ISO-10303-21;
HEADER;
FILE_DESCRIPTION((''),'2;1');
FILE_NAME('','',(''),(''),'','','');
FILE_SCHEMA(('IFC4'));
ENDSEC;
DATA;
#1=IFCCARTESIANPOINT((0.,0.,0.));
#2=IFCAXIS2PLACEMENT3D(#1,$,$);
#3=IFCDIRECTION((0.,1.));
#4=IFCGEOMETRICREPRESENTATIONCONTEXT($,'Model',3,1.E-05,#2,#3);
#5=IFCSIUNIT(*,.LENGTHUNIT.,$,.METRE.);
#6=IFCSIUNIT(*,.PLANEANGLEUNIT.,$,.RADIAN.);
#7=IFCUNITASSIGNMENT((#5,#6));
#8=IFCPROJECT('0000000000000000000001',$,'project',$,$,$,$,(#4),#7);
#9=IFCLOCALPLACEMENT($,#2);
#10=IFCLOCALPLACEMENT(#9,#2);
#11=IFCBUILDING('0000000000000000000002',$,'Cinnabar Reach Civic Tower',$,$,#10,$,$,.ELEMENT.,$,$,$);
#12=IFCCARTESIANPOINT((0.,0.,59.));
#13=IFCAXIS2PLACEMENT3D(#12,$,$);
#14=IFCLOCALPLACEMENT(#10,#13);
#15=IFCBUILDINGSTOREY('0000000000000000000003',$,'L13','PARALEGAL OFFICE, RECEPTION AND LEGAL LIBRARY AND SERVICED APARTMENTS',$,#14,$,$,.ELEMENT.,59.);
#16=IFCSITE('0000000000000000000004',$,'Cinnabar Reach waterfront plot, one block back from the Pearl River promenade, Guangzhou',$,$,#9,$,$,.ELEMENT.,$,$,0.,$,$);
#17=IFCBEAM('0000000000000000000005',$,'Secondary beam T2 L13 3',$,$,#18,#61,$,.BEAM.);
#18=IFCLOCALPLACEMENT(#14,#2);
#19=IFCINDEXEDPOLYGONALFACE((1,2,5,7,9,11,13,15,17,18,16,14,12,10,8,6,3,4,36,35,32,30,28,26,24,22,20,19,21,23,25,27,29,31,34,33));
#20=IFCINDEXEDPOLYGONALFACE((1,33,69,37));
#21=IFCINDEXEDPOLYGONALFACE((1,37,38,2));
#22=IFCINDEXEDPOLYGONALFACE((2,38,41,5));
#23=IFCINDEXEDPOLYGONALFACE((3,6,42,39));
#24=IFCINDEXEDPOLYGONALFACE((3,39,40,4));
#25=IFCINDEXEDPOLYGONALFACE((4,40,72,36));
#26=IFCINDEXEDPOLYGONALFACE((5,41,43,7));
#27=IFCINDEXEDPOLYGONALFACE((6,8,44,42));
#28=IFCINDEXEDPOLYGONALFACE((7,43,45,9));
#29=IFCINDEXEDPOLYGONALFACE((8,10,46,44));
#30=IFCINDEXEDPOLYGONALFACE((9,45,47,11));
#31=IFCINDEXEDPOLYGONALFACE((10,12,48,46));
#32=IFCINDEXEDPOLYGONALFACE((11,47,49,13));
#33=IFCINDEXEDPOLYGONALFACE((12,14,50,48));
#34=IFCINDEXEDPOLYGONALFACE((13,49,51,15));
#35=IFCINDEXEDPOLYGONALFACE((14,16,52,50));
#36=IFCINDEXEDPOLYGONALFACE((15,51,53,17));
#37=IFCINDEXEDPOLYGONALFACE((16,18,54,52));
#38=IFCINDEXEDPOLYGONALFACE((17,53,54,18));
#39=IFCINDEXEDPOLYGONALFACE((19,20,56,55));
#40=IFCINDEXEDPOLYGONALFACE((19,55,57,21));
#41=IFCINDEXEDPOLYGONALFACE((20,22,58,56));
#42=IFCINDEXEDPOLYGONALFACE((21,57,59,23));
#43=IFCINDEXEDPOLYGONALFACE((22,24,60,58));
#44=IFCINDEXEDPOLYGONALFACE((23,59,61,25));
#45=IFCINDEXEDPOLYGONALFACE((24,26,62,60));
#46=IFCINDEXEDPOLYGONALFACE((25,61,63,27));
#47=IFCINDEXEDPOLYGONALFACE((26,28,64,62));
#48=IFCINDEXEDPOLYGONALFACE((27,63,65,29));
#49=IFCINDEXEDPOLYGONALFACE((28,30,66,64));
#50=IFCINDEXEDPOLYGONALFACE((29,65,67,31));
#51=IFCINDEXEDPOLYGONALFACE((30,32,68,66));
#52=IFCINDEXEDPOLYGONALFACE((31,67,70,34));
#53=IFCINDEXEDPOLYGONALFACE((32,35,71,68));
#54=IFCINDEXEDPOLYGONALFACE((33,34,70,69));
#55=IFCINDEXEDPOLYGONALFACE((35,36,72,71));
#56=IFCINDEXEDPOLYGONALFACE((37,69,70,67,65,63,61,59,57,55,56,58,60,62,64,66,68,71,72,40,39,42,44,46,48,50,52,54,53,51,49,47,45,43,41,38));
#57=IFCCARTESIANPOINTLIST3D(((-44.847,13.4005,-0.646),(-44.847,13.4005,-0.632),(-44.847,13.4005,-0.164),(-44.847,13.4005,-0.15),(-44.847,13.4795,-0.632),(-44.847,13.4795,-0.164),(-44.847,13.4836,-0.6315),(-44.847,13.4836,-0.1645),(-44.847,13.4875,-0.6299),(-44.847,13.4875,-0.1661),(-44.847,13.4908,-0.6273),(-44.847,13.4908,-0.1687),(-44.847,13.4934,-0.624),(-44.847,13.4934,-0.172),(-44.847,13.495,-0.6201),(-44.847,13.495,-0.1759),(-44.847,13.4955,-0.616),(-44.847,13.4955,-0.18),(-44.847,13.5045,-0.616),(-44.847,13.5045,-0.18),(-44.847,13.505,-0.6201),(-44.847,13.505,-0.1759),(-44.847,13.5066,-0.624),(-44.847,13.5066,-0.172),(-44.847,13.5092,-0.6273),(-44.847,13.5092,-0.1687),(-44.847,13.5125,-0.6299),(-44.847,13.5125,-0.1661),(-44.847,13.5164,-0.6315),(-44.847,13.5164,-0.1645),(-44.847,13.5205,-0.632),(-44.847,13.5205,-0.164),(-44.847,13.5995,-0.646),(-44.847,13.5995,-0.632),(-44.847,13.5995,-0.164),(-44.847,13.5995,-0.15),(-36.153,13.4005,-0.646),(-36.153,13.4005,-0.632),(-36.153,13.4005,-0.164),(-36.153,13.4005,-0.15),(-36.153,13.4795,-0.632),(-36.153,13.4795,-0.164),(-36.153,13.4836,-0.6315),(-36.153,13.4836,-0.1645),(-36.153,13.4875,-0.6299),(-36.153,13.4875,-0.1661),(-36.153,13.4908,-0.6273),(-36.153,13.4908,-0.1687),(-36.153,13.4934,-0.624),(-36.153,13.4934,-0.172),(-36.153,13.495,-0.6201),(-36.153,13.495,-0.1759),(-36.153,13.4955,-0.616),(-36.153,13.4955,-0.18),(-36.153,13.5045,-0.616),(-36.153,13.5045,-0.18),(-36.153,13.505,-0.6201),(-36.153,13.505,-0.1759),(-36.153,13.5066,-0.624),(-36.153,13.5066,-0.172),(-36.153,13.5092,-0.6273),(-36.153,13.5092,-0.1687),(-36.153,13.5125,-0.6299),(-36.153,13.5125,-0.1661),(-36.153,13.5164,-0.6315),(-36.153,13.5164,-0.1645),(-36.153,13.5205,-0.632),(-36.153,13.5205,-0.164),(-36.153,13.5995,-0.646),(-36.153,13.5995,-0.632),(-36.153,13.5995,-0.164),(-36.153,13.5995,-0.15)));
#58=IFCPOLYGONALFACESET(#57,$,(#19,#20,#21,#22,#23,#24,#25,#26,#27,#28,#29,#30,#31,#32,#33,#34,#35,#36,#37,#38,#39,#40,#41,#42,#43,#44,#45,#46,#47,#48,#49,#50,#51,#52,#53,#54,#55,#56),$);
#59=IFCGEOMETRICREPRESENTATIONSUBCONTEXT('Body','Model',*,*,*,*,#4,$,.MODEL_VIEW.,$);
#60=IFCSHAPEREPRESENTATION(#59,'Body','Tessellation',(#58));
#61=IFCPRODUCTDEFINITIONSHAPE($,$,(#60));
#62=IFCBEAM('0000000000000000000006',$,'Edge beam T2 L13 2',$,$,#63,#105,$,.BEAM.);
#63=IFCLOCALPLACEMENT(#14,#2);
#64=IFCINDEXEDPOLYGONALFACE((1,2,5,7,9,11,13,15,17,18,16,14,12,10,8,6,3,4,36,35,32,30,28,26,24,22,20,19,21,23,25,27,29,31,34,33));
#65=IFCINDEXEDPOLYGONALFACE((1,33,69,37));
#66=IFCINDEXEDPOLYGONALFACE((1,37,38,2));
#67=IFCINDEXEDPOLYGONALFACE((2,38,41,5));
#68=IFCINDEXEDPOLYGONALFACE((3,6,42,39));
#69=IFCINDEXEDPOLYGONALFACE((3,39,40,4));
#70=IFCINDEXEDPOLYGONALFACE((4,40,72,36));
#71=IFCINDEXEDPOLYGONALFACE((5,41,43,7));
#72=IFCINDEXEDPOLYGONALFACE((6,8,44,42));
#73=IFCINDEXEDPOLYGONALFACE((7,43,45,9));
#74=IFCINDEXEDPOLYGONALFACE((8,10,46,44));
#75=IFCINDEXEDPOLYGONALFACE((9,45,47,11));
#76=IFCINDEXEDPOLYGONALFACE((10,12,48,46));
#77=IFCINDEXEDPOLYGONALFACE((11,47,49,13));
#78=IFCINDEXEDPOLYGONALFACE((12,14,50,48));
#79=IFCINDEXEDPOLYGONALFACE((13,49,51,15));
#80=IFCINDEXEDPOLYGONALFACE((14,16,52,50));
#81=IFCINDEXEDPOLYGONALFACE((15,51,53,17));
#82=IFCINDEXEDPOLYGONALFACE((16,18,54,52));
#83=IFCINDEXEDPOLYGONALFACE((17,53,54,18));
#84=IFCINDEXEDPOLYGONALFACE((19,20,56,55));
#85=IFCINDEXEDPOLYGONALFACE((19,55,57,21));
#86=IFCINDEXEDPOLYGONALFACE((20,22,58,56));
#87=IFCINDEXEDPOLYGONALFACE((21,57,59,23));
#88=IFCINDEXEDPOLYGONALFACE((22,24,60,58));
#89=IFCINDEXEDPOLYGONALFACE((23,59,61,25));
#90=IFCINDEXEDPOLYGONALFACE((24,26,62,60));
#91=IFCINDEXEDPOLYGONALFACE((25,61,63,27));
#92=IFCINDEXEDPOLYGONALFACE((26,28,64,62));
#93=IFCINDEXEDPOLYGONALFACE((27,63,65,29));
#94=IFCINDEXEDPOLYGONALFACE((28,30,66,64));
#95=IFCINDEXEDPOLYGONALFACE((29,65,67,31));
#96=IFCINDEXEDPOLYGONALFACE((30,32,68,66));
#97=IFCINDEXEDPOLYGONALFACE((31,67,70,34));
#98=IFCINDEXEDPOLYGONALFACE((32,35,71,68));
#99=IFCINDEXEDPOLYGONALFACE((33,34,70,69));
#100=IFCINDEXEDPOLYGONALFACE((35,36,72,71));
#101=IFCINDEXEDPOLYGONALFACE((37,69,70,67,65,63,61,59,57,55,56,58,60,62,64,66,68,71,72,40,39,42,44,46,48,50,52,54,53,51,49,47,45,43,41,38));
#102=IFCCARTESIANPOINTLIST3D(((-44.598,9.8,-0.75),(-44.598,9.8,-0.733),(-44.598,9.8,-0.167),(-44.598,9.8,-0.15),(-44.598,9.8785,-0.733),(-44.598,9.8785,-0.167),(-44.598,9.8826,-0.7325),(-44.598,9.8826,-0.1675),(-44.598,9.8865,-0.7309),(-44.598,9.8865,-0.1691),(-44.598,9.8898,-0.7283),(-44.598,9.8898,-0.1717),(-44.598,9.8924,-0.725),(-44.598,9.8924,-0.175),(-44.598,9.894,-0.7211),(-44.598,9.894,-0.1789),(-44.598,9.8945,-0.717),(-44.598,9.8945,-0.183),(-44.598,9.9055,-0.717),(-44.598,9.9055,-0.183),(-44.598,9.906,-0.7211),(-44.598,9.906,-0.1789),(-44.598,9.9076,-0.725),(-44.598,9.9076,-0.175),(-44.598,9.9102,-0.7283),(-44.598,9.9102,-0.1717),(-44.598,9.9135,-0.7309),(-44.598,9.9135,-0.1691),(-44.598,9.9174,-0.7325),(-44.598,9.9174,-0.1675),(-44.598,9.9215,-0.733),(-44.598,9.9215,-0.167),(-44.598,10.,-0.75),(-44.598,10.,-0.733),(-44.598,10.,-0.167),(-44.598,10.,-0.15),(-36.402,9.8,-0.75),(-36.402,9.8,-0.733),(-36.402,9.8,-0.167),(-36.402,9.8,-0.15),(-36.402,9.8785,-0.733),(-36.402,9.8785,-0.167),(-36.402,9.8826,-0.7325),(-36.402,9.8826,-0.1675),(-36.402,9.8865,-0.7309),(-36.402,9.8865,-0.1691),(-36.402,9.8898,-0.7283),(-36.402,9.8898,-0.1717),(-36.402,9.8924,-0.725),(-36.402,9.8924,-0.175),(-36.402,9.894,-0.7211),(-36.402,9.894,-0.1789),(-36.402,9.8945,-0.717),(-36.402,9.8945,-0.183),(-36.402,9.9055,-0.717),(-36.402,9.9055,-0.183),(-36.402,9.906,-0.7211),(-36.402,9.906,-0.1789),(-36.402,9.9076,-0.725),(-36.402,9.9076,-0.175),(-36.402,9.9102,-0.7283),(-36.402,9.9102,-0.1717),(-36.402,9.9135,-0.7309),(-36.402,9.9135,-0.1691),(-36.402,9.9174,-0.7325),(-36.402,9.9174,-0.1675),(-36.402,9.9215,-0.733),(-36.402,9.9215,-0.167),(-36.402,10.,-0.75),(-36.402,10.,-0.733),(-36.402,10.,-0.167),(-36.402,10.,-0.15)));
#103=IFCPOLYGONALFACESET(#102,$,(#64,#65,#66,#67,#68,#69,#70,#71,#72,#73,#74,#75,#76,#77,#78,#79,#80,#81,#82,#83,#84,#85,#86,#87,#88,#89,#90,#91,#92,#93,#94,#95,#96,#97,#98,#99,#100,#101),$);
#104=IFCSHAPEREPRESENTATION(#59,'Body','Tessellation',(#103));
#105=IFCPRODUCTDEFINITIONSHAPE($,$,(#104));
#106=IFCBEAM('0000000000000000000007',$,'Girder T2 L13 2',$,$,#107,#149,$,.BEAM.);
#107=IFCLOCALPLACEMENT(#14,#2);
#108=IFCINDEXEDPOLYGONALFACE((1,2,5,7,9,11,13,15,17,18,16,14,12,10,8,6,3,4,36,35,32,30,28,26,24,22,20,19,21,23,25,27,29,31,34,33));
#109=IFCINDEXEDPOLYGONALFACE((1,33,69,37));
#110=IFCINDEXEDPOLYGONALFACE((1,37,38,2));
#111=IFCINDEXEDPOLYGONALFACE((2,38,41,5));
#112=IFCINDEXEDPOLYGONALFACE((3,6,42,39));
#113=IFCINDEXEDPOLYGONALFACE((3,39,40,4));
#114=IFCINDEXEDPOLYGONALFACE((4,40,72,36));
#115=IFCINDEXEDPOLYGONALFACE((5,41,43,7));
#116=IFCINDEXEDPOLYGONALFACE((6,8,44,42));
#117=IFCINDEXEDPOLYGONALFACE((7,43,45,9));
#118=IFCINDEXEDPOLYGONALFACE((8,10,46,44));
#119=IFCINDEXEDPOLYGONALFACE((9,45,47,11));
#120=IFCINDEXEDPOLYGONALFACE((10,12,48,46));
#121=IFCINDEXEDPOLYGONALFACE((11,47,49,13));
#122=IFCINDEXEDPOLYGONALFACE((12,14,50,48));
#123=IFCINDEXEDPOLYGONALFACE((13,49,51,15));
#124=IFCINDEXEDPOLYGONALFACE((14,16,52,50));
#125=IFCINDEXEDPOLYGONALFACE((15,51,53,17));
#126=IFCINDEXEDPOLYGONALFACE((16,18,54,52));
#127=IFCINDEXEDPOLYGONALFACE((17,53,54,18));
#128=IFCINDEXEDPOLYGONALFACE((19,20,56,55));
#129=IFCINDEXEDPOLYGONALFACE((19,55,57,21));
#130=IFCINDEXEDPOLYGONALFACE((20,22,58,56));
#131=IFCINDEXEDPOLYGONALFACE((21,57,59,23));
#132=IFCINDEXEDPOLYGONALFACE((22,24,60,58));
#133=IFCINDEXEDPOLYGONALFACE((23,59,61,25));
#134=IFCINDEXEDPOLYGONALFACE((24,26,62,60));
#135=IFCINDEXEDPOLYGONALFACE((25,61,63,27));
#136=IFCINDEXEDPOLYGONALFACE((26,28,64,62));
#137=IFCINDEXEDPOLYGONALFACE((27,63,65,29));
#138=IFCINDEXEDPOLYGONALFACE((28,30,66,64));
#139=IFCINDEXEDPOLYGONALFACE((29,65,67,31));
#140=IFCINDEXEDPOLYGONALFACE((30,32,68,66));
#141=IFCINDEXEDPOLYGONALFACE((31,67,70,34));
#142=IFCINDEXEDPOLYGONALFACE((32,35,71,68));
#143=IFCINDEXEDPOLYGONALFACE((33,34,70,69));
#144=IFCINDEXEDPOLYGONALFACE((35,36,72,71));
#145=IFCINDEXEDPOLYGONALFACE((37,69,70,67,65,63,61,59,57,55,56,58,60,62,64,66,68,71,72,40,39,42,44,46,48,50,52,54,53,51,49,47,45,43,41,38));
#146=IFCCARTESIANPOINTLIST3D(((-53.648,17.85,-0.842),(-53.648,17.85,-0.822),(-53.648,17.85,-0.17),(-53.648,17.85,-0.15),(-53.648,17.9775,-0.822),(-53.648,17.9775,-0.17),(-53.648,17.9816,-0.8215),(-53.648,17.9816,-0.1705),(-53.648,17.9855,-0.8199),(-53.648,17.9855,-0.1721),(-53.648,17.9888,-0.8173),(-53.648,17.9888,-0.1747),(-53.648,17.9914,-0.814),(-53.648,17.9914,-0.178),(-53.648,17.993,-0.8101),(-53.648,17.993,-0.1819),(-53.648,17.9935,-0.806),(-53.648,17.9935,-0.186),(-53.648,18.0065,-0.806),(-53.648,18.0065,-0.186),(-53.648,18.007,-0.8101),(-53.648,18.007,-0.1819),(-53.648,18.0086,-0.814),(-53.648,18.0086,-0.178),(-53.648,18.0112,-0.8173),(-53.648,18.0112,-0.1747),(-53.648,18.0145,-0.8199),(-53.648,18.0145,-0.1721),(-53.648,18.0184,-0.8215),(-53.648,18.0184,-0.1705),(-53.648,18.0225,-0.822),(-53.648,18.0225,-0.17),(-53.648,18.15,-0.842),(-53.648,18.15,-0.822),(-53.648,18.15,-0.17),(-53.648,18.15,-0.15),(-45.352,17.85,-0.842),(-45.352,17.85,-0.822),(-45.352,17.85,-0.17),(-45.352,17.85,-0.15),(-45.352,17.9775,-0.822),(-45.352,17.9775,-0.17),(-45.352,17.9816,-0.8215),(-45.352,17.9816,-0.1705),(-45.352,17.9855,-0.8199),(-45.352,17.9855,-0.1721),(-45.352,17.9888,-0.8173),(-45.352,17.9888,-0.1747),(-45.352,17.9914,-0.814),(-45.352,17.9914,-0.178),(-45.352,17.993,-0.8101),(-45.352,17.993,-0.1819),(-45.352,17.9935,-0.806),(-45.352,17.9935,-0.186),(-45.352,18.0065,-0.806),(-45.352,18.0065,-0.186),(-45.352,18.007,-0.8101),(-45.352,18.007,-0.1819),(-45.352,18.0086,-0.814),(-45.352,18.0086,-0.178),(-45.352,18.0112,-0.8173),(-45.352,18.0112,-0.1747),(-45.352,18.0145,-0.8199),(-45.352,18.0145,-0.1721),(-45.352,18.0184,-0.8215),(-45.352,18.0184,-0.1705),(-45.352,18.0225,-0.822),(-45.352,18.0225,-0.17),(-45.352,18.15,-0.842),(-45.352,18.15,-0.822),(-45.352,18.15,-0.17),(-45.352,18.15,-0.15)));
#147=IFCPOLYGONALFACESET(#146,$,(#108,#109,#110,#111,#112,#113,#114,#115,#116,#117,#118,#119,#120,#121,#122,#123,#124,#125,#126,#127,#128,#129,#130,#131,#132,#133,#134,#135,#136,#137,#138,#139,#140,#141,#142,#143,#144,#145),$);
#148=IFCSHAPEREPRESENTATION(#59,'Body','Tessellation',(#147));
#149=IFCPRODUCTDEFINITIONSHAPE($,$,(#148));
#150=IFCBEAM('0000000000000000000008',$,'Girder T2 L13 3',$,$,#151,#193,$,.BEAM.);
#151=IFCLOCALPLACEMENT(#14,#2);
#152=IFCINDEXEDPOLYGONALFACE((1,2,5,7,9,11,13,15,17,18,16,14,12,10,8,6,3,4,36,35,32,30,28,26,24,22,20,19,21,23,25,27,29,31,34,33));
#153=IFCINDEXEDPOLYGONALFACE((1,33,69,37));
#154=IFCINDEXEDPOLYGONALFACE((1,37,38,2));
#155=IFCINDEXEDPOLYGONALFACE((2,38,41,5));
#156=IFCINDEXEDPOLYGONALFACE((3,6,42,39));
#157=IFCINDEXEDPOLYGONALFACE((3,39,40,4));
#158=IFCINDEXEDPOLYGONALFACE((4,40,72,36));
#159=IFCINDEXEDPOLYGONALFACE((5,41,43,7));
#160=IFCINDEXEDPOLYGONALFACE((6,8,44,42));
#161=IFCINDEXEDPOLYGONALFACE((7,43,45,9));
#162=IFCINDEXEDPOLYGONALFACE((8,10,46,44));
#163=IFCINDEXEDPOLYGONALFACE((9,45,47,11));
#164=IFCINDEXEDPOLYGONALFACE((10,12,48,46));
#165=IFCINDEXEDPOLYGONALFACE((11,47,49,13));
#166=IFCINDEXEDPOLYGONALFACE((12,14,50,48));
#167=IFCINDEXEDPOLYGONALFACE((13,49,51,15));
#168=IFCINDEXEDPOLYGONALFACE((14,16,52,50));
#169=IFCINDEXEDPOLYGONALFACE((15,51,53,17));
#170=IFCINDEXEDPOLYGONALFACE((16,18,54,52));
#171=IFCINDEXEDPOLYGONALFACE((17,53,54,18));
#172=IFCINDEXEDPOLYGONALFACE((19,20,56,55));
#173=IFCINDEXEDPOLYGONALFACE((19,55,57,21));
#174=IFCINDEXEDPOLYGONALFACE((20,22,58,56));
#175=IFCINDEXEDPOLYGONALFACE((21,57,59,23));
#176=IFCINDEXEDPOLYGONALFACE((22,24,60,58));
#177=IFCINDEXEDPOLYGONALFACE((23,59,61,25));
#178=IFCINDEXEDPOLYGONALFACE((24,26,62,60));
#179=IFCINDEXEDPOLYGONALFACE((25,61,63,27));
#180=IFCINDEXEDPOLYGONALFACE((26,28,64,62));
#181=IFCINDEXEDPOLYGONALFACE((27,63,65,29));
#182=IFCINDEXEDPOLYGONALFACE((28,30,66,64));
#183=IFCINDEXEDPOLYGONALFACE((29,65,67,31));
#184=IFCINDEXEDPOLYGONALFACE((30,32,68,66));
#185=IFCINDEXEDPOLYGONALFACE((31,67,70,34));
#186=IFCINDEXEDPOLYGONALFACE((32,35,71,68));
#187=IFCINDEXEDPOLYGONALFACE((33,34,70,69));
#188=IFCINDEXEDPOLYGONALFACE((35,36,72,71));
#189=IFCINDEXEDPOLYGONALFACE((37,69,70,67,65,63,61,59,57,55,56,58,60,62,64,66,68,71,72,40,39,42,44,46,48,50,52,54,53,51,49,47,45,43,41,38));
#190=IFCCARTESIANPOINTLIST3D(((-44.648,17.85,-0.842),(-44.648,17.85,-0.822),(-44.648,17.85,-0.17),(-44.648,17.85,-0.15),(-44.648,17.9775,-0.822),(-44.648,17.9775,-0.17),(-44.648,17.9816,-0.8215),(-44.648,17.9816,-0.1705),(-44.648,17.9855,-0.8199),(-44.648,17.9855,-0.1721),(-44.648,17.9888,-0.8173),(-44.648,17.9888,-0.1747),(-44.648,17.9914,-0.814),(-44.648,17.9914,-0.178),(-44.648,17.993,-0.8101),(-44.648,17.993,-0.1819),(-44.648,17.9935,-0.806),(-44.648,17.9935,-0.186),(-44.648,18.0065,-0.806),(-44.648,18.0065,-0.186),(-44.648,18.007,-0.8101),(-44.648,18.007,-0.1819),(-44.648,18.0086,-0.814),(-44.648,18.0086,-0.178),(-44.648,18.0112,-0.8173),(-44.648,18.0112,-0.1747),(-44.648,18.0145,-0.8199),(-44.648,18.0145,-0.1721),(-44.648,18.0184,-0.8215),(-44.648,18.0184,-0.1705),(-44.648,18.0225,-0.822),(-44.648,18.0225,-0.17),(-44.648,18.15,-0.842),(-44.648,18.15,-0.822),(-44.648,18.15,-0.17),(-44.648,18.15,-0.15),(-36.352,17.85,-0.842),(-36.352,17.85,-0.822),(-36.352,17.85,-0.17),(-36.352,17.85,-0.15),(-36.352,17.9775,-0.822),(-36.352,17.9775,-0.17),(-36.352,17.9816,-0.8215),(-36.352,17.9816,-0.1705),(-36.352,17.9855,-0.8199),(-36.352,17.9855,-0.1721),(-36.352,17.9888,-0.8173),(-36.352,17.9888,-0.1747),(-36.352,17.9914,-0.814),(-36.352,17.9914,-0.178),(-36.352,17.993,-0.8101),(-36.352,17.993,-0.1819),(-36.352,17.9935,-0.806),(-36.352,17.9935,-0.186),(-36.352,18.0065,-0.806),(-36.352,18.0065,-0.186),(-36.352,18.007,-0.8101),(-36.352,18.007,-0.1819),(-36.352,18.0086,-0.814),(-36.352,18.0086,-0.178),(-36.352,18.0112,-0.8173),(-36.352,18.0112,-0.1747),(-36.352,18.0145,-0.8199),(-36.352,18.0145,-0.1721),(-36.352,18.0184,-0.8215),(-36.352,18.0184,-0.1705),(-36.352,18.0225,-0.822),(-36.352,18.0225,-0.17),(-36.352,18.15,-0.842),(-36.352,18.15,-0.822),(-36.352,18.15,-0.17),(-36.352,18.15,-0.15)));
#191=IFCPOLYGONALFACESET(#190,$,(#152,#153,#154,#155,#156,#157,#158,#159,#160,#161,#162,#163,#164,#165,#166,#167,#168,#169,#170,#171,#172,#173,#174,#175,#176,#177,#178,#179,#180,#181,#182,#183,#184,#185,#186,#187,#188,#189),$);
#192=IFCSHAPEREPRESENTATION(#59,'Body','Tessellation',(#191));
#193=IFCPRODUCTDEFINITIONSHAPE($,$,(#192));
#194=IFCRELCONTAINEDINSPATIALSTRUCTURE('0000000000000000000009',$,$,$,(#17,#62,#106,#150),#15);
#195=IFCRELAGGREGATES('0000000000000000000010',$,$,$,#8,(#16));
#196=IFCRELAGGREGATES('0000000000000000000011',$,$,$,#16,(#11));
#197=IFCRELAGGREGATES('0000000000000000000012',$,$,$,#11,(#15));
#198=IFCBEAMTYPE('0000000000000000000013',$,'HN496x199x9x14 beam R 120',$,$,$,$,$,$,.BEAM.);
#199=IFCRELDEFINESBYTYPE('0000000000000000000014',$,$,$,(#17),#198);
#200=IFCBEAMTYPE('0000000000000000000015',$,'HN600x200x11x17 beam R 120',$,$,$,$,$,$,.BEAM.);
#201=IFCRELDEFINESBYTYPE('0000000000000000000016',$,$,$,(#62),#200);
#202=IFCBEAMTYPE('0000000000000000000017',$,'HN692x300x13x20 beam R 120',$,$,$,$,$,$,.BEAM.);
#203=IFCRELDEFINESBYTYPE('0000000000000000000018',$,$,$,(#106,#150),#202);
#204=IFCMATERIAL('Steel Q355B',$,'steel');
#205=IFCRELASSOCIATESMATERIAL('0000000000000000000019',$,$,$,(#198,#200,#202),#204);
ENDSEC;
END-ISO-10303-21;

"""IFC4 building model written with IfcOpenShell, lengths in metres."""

from ifc_helpers import new_model, si_unit, direction, frame, origin, origin_2d, place, context, subcontext, project, spatial, i_section, extrude, material, material_profile, profile_set, type_object, element, save


model = new_model("IFC4")

# Units and contexts
model_context = context("Model", 3, precision=1e-05, world=origin(), true_north=direction((0.0, 1.0)))
body_context = subcontext(model_context, "Body", "Model", "MODEL_VIEW")
ifc_project = project(units=[si_unit("LENGTHUNIT", "METRE"), si_unit("PLANEANGLEUNIT", "RADIAN")], contexts=[model_context])

# Site, building, storey
site_placement = place(None, origin())
site = spatial("IfcSite", under=ifc_project, at=site_placement, Name="Cinnabar Reach waterfront plot, one block back from the Pearl River promenade, Guangzhou", CompositionType="ELEMENT", RefElevation=0.0)
building_placement = place(site_placement, origin())
building = spatial("IfcBuilding", under=site, at=building_placement, Name="Cinnabar Reach Civic Tower", CompositionType="ELEMENT")
storey_placement = place(building_placement, frame((0.0, 0.0, 59.0)))
storey = spatial("IfcBuildingStorey", under=building, at=storey_placement, Name="L13", Description="PARALEGAL OFFICE, RECEPTION AND LEGAL LIBRARY AND SERVICED APARTMENTS", CompositionType="ELEMENT", Elevation=59.0)

# Beams
ifc_material_1 = material(Name="Steel Q355B", Category="steel")
ifc_material_profile_1 = material_profile(ifc_material_1, i_section(OverallWidth=0.199, OverallDepth=0.496, WebThickness=0.009, FlangeThickness=0.014, FilletRadius=0.016, at=origin_2d()), Name="HN496x199x9x14")
ifc_profile_set_1 = profile_set([ifc_material_profile_1], Name="Steel Q355B")
beam_type_1 = type_object("IfcBeamType", Name="HN496x199x9x14 beam R 120", PredefinedType="BEAM", material=ifc_profile_set_1)
for number, where, z_axis, x_axis, name in (
    (1, (-44.847, 13.5, -0.398), (1.0, 0.0, 0.0), (0.0, 1.0, 0.0), "Secondary beam T2 L13 3"),
):
    element("IfcBeam", number, at=place(storey_placement, frame(where, z_axis=z_axis, x_axis=x_axis)), inside=storey, type_object=beam_type_1, Name=name, PredefinedType="BEAM", context=body_context, shape_type="SweptSolid", body=[
        extrude(i_section(OverallWidth=0.199, OverallDepth=0.496, WebThickness=0.009, FlangeThickness=0.014, FilletRadius=0.016, at=origin_2d()), origin(), (0.0, 0.0, 1.0), 8.694),
    ])
ifc_material_profile_2 = material_profile(ifc_material_1, i_section(OverallWidth=0.2, OverallDepth=0.6, WebThickness=0.011, FlangeThickness=0.017, FilletRadius=0.016, at=origin_2d()), Name="HN600x200x11x17")
ifc_profile_set_2 = profile_set([ifc_material_profile_2], Name="Steel Q355B")
beam_type_2 = type_object("IfcBeamType", Name="HN600x200x11x17 beam R 120", PredefinedType="BEAM", material=ifc_profile_set_2)
beam_1_placement = place(storey_placement, frame((-44.598, 9.9, -0.45), z_axis=(1.0, 0.0, 0.0), x_axis=(0.0, 1.0, 0.0)))
element("IfcBeam", 2, at=beam_1_placement, inside=storey, type_object=beam_type_2, Name="Edge beam T2 L13 2", PredefinedType="BEAM", context=body_context, shape_type="SweptSolid", body=[
    extrude(i_section(OverallWidth=0.2, OverallDepth=0.6, WebThickness=0.011, FlangeThickness=0.017, FilletRadius=0.016, at=origin_2d()), origin(), (0.0, 0.0, 1.0), 8.196),
])
ifc_material_profile_3 = material_profile(ifc_material_1, i_section(OverallWidth=0.3, OverallDepth=0.692, WebThickness=0.013, FlangeThickness=0.02, FilletRadius=0.016, at=origin_2d()), Name="HN692x300x13x20")
ifc_profile_set_3 = profile_set([ifc_material_profile_3], Name="Steel Q355B")
beam_type_3 = type_object("IfcBeamType", Name="HN692x300x13x20 beam R 120", PredefinedType="BEAM", material=ifc_profile_set_3)
for number, where, z_axis, x_axis, name in (
    (3, (-53.648, 18.0, -0.496), (1.0, 0.0, 0.0), (0.0, 1.0, 0.0), "Girder T2 L13 2"),
    (4, (-44.648, 18.0, -0.496), (1.0, 0.0, 0.0), (0.0, 1.0, 0.0), "Girder T2 L13 3"),
):
    element("IfcBeam", number, at=place(storey_placement, frame(where, z_axis=z_axis, x_axis=x_axis)), inside=storey, type_object=beam_type_3, Name=name, PredefinedType="BEAM", context=body_context, shape_type="SweptSolid", body=[
        extrude(i_section(OverallWidth=0.3, OverallDepth=0.692, WebThickness=0.013, FlangeThickness=0.02, FilletRadius=0.016, at=origin_2d()), origin(), (0.0, 0.0, 1.0), 8.296),
    ])

save(model, "model.ifc")
